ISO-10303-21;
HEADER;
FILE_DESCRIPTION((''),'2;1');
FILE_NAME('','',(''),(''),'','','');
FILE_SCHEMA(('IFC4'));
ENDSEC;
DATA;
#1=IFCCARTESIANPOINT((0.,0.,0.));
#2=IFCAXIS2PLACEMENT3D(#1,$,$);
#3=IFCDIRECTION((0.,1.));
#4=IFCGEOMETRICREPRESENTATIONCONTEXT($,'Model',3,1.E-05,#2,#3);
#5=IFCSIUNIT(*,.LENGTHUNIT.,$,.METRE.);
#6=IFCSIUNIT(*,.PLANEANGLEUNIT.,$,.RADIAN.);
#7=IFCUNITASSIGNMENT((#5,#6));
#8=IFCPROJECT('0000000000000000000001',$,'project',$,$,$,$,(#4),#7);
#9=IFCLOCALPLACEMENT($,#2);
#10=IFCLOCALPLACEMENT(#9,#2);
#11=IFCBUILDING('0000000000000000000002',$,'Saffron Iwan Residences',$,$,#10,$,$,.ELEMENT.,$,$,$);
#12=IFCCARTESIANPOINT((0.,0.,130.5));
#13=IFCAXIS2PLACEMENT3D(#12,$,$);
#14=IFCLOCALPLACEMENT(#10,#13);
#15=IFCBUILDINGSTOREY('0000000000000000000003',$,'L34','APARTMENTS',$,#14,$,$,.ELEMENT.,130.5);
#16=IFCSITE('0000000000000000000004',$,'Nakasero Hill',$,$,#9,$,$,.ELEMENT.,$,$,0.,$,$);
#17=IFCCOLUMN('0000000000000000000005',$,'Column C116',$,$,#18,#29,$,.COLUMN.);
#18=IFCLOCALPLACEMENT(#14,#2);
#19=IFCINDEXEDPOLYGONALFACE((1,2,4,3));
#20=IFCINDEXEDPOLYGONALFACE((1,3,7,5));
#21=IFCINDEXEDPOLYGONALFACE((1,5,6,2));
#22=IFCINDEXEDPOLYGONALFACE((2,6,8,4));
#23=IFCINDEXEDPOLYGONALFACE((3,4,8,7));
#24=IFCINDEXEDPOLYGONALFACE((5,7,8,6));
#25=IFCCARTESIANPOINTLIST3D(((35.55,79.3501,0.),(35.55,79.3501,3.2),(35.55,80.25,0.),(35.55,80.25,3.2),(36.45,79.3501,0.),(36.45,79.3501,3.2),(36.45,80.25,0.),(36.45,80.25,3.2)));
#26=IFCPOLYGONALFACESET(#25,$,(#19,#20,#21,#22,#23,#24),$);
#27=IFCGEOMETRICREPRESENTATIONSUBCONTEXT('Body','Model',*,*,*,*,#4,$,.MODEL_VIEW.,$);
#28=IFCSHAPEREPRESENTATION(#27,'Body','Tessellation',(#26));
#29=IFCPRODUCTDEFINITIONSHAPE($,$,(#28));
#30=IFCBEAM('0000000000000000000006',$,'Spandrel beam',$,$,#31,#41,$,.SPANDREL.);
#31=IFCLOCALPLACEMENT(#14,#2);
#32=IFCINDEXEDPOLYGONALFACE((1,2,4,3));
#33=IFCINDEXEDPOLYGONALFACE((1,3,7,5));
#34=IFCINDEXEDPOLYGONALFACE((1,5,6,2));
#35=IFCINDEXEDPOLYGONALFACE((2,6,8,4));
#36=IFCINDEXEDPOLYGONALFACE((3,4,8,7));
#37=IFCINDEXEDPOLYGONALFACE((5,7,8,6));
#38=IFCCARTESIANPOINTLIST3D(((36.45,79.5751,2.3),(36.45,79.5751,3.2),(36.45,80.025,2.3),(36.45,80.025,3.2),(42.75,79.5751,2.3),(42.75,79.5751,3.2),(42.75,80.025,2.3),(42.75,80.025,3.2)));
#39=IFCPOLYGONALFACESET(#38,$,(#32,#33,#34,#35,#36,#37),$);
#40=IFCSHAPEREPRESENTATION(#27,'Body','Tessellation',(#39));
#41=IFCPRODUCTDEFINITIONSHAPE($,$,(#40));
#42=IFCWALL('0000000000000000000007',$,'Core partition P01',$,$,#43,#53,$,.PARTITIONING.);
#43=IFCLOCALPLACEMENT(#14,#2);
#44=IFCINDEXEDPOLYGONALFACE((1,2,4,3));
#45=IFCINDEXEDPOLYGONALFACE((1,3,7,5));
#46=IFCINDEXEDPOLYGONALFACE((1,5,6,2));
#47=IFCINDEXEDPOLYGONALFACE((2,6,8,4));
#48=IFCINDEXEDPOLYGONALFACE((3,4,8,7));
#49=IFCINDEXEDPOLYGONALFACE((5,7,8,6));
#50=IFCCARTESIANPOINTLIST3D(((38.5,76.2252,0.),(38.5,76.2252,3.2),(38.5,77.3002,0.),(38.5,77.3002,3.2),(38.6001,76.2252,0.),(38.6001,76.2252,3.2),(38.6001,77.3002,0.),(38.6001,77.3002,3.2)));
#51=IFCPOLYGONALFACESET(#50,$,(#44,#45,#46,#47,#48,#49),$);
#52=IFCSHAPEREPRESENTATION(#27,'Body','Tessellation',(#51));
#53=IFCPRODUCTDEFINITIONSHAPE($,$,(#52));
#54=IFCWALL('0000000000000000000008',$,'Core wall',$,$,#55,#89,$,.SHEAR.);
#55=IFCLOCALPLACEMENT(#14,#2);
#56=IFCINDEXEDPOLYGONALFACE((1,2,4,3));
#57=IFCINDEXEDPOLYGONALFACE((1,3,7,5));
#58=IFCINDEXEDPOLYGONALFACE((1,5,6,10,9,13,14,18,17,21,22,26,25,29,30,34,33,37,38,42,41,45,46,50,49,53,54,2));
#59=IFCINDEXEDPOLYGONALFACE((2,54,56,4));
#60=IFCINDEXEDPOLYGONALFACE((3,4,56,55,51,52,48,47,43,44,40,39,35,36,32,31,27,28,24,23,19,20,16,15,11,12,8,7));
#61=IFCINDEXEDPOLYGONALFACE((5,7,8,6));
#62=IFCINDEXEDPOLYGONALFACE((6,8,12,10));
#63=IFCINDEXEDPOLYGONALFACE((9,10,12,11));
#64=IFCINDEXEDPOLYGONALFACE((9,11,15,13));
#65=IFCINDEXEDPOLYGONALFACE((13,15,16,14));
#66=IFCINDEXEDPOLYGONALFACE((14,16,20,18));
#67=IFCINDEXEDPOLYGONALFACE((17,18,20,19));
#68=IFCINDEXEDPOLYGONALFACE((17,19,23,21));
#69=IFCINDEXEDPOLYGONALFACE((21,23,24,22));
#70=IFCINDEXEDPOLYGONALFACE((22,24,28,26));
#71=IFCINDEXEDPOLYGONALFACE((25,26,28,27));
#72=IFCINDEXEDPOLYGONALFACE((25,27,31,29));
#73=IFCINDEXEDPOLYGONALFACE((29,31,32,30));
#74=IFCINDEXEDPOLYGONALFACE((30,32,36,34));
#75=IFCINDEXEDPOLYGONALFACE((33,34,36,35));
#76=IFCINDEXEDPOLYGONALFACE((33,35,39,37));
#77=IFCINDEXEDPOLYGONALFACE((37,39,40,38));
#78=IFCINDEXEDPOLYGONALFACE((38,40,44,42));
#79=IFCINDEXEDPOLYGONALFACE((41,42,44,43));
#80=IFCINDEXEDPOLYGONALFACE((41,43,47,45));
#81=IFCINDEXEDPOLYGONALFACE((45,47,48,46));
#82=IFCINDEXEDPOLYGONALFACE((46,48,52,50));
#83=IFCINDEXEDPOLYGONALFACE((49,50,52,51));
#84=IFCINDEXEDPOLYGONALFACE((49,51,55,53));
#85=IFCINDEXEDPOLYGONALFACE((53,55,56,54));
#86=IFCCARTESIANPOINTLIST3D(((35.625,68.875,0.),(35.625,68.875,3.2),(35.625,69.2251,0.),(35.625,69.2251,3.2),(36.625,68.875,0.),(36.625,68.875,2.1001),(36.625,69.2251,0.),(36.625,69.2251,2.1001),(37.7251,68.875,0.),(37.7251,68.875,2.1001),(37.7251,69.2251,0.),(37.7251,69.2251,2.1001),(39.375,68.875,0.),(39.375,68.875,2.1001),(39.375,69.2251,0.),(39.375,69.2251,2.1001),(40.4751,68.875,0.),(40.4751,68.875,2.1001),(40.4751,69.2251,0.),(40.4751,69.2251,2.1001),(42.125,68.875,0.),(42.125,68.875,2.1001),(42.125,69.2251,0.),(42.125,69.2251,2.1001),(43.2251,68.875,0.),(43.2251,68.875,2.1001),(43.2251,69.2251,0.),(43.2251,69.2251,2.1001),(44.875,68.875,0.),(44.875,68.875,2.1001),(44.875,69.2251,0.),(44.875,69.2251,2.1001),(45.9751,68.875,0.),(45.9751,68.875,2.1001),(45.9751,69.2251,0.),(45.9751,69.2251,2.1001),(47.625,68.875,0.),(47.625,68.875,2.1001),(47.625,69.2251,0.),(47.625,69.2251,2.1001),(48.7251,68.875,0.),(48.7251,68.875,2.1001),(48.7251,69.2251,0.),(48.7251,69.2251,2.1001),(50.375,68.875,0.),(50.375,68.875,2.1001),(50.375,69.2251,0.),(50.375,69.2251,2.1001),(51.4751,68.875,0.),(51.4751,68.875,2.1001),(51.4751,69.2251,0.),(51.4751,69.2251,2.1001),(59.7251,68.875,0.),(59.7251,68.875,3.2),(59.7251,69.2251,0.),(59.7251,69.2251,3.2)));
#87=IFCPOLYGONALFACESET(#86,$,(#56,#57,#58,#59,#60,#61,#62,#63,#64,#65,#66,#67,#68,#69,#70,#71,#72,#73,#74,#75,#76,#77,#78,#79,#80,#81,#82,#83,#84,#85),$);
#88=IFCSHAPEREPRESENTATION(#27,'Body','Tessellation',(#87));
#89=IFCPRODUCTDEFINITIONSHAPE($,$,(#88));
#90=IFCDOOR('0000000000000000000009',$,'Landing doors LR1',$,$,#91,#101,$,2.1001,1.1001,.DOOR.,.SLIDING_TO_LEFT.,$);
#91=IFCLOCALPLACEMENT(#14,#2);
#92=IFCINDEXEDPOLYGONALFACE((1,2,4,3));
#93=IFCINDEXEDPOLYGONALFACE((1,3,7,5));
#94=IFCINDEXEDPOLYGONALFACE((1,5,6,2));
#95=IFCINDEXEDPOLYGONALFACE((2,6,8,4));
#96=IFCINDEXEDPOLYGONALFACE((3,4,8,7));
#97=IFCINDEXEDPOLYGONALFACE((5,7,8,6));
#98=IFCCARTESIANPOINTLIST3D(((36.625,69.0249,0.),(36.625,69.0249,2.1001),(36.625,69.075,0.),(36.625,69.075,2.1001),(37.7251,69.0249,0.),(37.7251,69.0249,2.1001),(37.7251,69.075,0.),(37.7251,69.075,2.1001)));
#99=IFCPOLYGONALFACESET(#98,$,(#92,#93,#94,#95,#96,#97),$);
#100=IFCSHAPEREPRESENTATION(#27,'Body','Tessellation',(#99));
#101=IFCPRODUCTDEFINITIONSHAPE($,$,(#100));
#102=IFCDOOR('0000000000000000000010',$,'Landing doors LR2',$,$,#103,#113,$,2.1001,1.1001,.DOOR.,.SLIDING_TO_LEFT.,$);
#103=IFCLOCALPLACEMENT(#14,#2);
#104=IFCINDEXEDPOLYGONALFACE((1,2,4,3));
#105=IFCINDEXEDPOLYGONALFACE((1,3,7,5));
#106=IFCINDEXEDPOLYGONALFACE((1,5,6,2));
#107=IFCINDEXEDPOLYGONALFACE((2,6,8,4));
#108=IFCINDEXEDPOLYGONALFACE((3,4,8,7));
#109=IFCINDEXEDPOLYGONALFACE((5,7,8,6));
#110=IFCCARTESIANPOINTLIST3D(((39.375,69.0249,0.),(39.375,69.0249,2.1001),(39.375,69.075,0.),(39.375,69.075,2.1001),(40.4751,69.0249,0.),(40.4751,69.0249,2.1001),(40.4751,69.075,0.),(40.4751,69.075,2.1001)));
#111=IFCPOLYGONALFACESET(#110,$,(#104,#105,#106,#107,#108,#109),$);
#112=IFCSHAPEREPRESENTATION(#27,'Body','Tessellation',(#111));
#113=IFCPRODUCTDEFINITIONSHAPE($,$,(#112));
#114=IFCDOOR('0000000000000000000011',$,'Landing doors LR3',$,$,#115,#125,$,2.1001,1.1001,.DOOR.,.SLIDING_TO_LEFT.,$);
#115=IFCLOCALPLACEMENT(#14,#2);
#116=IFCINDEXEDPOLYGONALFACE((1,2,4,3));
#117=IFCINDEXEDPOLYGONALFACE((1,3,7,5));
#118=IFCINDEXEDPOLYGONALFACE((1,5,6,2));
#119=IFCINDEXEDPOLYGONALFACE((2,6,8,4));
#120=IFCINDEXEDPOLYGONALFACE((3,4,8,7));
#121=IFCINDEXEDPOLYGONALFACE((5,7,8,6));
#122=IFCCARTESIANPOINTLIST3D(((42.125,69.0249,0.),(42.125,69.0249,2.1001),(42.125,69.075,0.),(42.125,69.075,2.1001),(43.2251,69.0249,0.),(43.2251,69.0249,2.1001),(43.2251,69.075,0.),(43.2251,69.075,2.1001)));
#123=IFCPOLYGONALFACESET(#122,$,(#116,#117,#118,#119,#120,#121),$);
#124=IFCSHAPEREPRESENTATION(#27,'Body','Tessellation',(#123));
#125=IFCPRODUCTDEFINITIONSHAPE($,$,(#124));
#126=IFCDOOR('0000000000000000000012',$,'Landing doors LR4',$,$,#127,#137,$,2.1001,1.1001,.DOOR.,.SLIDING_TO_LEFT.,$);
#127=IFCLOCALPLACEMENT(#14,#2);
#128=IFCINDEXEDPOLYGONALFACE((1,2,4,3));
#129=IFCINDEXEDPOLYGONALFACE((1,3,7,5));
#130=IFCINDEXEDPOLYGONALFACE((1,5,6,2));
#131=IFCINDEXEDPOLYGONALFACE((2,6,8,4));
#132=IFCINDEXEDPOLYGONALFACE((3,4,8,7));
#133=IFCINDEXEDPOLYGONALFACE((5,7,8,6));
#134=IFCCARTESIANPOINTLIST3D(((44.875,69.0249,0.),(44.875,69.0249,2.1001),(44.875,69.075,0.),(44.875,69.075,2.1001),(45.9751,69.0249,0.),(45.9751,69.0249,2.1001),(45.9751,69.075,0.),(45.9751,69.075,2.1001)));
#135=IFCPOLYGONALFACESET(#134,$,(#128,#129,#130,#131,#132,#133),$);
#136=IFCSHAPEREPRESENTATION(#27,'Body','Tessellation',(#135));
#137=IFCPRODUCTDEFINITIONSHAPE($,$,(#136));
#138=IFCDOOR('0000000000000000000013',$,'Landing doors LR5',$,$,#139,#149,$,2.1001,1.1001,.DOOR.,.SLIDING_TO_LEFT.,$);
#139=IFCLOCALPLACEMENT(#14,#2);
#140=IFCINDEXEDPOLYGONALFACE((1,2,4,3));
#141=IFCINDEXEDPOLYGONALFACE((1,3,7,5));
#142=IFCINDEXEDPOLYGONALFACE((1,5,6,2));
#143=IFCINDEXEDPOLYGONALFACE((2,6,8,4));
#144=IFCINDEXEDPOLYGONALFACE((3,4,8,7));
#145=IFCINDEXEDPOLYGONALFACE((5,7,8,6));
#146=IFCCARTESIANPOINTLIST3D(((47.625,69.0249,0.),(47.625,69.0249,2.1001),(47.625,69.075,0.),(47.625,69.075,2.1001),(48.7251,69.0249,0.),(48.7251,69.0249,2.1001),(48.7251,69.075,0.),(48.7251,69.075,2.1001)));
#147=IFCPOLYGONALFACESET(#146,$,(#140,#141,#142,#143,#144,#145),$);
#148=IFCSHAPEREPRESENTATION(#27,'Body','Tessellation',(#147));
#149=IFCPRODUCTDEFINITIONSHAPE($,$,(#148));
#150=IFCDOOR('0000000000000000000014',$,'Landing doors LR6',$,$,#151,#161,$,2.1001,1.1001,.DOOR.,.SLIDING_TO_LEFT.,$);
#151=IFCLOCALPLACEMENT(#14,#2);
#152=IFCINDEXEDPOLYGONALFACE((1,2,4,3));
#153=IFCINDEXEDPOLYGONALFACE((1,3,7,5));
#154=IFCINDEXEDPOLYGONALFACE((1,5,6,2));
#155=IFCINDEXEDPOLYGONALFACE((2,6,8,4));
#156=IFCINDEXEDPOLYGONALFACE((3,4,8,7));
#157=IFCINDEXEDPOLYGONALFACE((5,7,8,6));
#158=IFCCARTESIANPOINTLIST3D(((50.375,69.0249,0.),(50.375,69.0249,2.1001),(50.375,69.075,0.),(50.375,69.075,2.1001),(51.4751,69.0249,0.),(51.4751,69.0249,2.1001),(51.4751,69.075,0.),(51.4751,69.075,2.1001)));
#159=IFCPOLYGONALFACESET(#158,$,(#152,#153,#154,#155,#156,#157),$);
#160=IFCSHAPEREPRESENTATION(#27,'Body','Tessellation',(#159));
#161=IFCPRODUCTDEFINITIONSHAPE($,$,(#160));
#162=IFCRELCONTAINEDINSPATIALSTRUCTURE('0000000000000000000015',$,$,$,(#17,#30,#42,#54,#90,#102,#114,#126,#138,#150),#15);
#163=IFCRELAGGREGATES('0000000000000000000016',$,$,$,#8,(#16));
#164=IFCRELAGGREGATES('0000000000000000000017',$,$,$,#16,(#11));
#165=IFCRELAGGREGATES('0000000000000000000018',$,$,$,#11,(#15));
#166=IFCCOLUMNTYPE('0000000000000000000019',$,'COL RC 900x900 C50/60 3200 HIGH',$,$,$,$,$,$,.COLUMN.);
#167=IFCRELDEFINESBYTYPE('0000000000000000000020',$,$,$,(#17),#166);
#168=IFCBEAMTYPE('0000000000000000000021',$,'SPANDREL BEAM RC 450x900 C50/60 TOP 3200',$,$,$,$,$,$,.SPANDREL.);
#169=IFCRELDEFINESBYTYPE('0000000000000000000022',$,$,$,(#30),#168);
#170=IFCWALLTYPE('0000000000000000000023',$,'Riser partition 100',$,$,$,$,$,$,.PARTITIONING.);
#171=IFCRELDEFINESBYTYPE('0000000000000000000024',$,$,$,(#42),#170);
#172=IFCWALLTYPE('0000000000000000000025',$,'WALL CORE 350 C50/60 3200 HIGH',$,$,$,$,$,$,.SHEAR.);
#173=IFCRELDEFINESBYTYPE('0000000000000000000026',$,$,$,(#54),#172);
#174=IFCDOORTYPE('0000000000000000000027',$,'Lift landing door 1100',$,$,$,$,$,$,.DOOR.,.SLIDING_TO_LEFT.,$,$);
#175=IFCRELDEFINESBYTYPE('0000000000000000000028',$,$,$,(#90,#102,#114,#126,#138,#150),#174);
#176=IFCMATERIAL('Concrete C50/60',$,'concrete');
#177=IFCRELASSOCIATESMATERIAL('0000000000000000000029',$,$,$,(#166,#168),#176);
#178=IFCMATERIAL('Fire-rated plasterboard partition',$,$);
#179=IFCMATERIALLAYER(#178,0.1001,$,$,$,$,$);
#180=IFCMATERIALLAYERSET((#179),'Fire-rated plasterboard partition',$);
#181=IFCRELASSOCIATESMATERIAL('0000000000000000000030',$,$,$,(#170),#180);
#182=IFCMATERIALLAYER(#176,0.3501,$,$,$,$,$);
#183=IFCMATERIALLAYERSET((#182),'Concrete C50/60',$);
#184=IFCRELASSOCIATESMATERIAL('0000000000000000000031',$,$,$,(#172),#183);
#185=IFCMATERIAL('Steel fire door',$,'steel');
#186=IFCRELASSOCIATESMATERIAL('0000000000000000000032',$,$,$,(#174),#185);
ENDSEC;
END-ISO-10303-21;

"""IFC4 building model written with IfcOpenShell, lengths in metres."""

from ifc_helpers import new_model, si_unit, direction, frame, frame_2d, origin, origin_2d, place, context, subcontext, project, spatial, rectangle, extrude, source, transform, mapped, material, layer, layer_set, material_profile, profile_set, type_object, element, fill, save


model = new_model("IFC4")

# Units and contexts
model_context = context("Model", 3, precision=1e-05, world=origin(), true_north=direction((0.0, 1.0)))
body_context = subcontext(model_context, "Body", "Model", "MODEL_VIEW")
ifc_project = project(units=[si_unit("LENGTHUNIT", "METRE"), si_unit("PLANEANGLEUNIT", "RADIAN")], contexts=[model_context])

# Site, building, storey
site_placement = place(None, origin())
site = spatial("IfcSite", under=ifc_project, at=site_placement, Name="Nakasero Hill", CompositionType="ELEMENT", RefElevation=0.0)
building_placement = place(site_placement, origin())
building = spatial("IfcBuilding", under=site, at=building_placement, Name="Saffron Iwan Residences", CompositionType="ELEMENT")
storey_placement = place(building_placement, frame((0.0, 0.0, 130.5)))
storey = spatial("IfcBuildingStorey", under=building, at=storey_placement, Name="L34", Description="APARTMENTS", CompositionType="ELEMENT", Elevation=130.5)

# Column
ifc_material_1 = material(Name="Concrete C50/60", Category="concrete")
ifc_material_profile_1 = material_profile(ifc_material_1, rectangle(XDim=0.8999, YDim=0.8999, at=origin_2d()), Name="RC 900x900")
ifc_profile_set_1 = profile_set([ifc_material_profile_1], Name="Concrete C50/60")
column_type = type_object("IfcColumnType", Name="COL RC 900x900 C50/60 3200 HIGH", PredefinedType="COLUMN", material=ifc_profile_set_1)
shared_shape_1 = source(origin(), body_context, "Body", "SweptSolid", [
    extrude(rectangle(XDim=0.8999, YDim=0.8999, at=origin_2d()), origin(), (0.0, 0.0, 1.0), 3.2),
])
column_placement = place(storey_placement, frame((36.0, 79.8, 0.0), z_axis=(0.0, 0.0, 1.0), x_axis=(1.0, 0.0, 0.0)))
element("IfcColumn", 1, at=column_placement, inside=storey, type_object=column_type, Name="Column C116", PredefinedType="COLUMN", context=body_context, shape_type="MappedRepresentation", body=[
    mapped(shared_shape_1, transform((0.0, 0.0, 0.0))),
])

# Beam
ifc_material_profile_2 = material_profile(ifc_material_1, rectangle(XDim=0.45, YDim=0.8999, at=origin_2d()), Name="RC 450x900")
ifc_profile_set_2 = profile_set([ifc_material_profile_2], Name="Concrete C50/60")
beam_type = type_object("IfcBeamType", Name="SPANDREL BEAM RC 450x900 C50/60 TOP 3200", PredefinedType="SPANDREL", material=ifc_profile_set_2)
shared_shape_2 = source(origin(), body_context, "Body", "SweptSolid", [
    extrude(rectangle(XDim=0.45, YDim=0.8999, at=origin_2d()), origin(), (0.0, 0.0, 1.0), 6.3),
])
beam_placement = place(storey_placement, frame((36.45, 79.8, 2.75), z_axis=(1.0, 0.0, 0.0), x_axis=(0.0, 1.0, 0.0)))
element("IfcBeam", 2, at=beam_placement, inside=storey, type_object=beam_type, Name="Spandrel beam", PredefinedType="SPANDREL", context=body_context, shape_type="MappedRepresentation", body=[
    mapped(shared_shape_2, transform((0.0, 0.0, 0.0))),
])

# Wall
ifc_material_2 = material(Name="Fire-rated plasterboard partition")
ifc_layer_1 = layer(ifc_material_2, 0.1001)
ifc_layer_set_1 = layer_set([ifc_layer_1], Name="Fire-rated plasterboard partition")
wall_type_1 = type_object("IfcWallType", Name="Riser partition 100", PredefinedType="PARTITIONING", material=ifc_layer_set_1)
wall_1_placement = place(storey_placement, frame((38.55, 76.2251, 0.0), z_axis=(0.0, 0.0, 1.0), x_axis=(0.0, 1.0, 0.0)))
element("IfcWall", 3, at=wall_1_placement, inside=storey, type_object=wall_type_1, Name="Core partition P01", PredefinedType="PARTITIONING", context=body_context, shape_type="SweptSolid", body=[
    extrude(rectangle(XDim=1.075, YDim=0.1001, at=frame_2d((0.5376, 0.0))), origin(), (0.0, 0.0, 1.0), 3.2),
])

# Wall, openings, doors
ifc_layer_2 = layer(ifc_material_1, 0.3501)
ifc_layer_set_2 = layer_set([ifc_layer_2], Name="Concrete C50/60")
wall_type_2 = type_object("IfcWallType", Name="WALL CORE 350 C50/60 3200 HIGH", PredefinedType="SHEAR", material=ifc_layer_set_2)
wall_2_placement = place(storey_placement, frame((35.625, 69.05, 0.0), z_axis=(0.0, 0.0, 1.0), x_axis=(1.0, 0.0, 0.0)))
wall_2 = element("IfcWall", 4, at=wall_2_placement, inside=storey, type_object=wall_type_2, Name="Core wall", PredefinedType="SHEAR", context=body_context, shape_type="SweptSolid", body=[
    extrude(rectangle(XDim=24.1001, YDim=0.3501, at=frame_2d((12.05, 0.0))), origin(), (0.0, 0.0, 1.0), 3.2),
])
opening_1_placement = place(wall_2_placement, frame((1.0, 0.0, 0.0)))
opening_1 = element("IfcOpeningElement", 5, at=opening_1_placement, cuts=wall_2, PredefinedType="OPENING", context=body_context, shape_type="SweptSolid", body=[
    extrude(rectangle(XDim=1.1001, YDim=2.1001, at=frame_2d((0.55, 1.05))), frame((0.0, 0.1851, 0.0), z_axis=(0.0, -1.0, 0.0), x_axis=(1.0, 0.0, 0.0)), (0.0, 0.0, 1.0), 0.3701),
])
opening_2_placement = place(wall_2_placement, frame((3.75, 0.0, 0.0)))
opening_2 = element("IfcOpeningElement", 6, at=opening_2_placement, cuts=wall_2, PredefinedType="OPENING", context=body_context, shape_type="SweptSolid", body=[
    extrude(rectangle(XDim=1.1001, YDim=2.1001, at=frame_2d((0.55, 1.05))), frame((0.0, 0.1851, 0.0), z_axis=(0.0, -1.0, 0.0), x_axis=(1.0, 0.0, 0.0)), (0.0, 0.0, 1.0), 0.3701),
])
opening_3_placement = place(wall_2_placement, frame((6.5, 0.0, 0.0)))
opening_3 = element("IfcOpeningElement", 7, at=opening_3_placement, cuts=wall_2, PredefinedType="OPENING", context=body_context, shape_type="SweptSolid", body=[
    extrude(rectangle(XDim=1.1001, YDim=2.1001, at=frame_2d((0.55, 1.05))), frame((0.0, 0.1851, 0.0), z_axis=(0.0, -1.0, 0.0), x_axis=(1.0, 0.0, 0.0)), (0.0, 0.0, 1.0), 0.3701),
])
opening_4_placement = place(wall_2_placement, frame((9.25, 0.0, 0.0)))
opening_4 = element("IfcOpeningElement", 8, at=opening_4_placement, cuts=wall_2, PredefinedType="OPENING", context=body_context, shape_type="SweptSolid", body=[
    extrude(rectangle(XDim=1.1001, YDim=2.1001, at=frame_2d((0.55, 1.05))), frame((0.0, 0.1851, 0.0), z_axis=(0.0, -1.0, 0.0), x_axis=(1.0, 0.0, 0.0)), (0.0, 0.0, 1.0), 0.3701),
])
opening_5_placement = place(wall_2_placement, frame((12.0, 0.0, 0.0)))
opening_5 = element("IfcOpeningElement", 9, at=opening_5_placement, cuts=wall_2, PredefinedType="OPENING", context=body_context, shape_type="SweptSolid", body=[
    extrude(rectangle(XDim=1.1001, YDim=2.1001, at=frame_2d((0.55, 1.05))), frame((0.0, 0.1851, 0.0), z_axis=(0.0, -1.0, 0.0), x_axis=(1.0, 0.0, 0.0)), (0.0, 0.0, 1.0), 0.3701),
])
opening_6_placement = place(wall_2_placement, frame((14.75, 0.0, 0.0)))
opening_6 = element("IfcOpeningElement", 10, at=opening_6_placement, cuts=wall_2, PredefinedType="OPENING", context=body_context, shape_type="SweptSolid", body=[
    extrude(rectangle(XDim=1.1001, YDim=2.1001, at=frame_2d((0.55, 1.05))), frame((0.0, 0.1851, 0.0), z_axis=(0.0, -1.0, 0.0), x_axis=(1.0, 0.0, 0.0)), (0.0, 0.0, 1.0), 0.3701),
])
ifc_material_3 = material(Name="Steel fire door", Category="steel")
door_type = type_object("IfcDoorType", Name="Lift landing door 1100", OperationType="SLIDING_TO_LEFT", PredefinedType="DOOR", material=ifc_material_3)
door_1_placement = place(opening_1_placement, origin())
door_1 = element("IfcDoor", 11, at=door_1_placement, inside=storey, type_object=door_type, Name="Landing doors LR1", OperationType="SLIDING_TO_LEFT", OverallHeight=2.1001, OverallWidth=1.1001, PredefinedType="DOOR", context=body_context, shape_type="SweptSolid", body=[
    extrude(rectangle(XDim=1.1001, YDim=2.1001, at=frame_2d((0.55, 1.05))), frame((0.0, 0.0249, 0.0), z_axis=(0.0, -1.0, 0.0), x_axis=(1.0, 0.0, 0.0)), (0.0, 0.0, 1.0), 0.05),
])
fill(opening_1, door_1)
door_2_placement = place(opening_2_placement, origin())
door_2 = element("IfcDoor", 12, at=door_2_placement, inside=storey, type_object=door_type, Name="Landing doors LR2", OperationType="SLIDING_TO_LEFT", OverallHeight=2.1001, OverallWidth=1.1001, PredefinedType="DOOR", context=body_context, shape_type="SweptSolid", body=[
    extrude(rectangle(XDim=1.1001, YDim=2.1001, at=frame_2d((0.55, 1.05))), frame((0.0, 0.0249, 0.0), z_axis=(0.0, -1.0, 0.0), x_axis=(1.0, 0.0, 0.0)), (0.0, 0.0, 1.0), 0.05),
])
fill(opening_2, door_2)
door_3_placement = place(opening_3_placement, origin())
door_3 = element("IfcDoor", 13, at=door_3_placement, inside=storey, type_object=door_type, Name="Landing doors LR3", OperationType="SLIDING_TO_LEFT", OverallHeight=2.1001, OverallWidth=1.1001, PredefinedType="DOOR", context=body_context, shape_type="SweptSolid", body=[
    extrude(rectangle(XDim=1.1001, YDim=2.1001, at=frame_2d((0.55, 1.05))), frame((0.0, 0.0249, 0.0), z_axis=(0.0, -1.0, 0.0), x_axis=(1.0, 0.0, 0.0)), (0.0, 0.0, 1.0), 0.05),
])
fill(opening_3, door_3)
door_4_placement = place(opening_4_placement, origin())
door_4 = element("IfcDoor", 14, at=door_4_placement, inside=storey, type_object=door_type, Name="Landing doors LR4", OperationType="SLIDING_TO_LEFT", OverallHeight=2.1001, OverallWidth=1.1001, PredefinedType="DOOR", context=body_context, shape_type="SweptSolid", body=[
    extrude(rectangle(XDim=1.1001, YDim=2.1001, at=frame_2d((0.55, 1.05))), frame((0.0, 0.0249, 0.0), z_axis=(0.0, -1.0, 0.0), x_axis=(1.0, 0.0, 0.0)), (0.0, 0.0, 1.0), 0.05),
])
fill(opening_4, door_4)
door_5_placement = place(opening_5_placement, origin())
door_5 = element("IfcDoor", 15, at=door_5_placement, inside=storey, type_object=door_type, Name="Landing doors LR5", OperationType="SLIDING_TO_LEFT", OverallHeight=2.1001, OverallWidth=1.1001, PredefinedType="DOOR", context=body_context, shape_type="SweptSolid", body=[
    extrude(rectangle(XDim=1.1001, YDim=2.1001, at=frame_2d((0.55, 1.05))), frame((0.0, 0.0249, 0.0), z_axis=(0.0, -1.0, 0.0), x_axis=(1.0, 0.0, 0.0)), (0.0, 0.0, 1.0), 0.05),
])
fill(opening_5, door_5)
door_6_placement = place(opening_6_placement, origin())
door_6 = element("IfcDoor", 16, at=door_6_placement, inside=storey, type_object=door_type, Name="Landing doors LR6", OperationType="SLIDING_TO_LEFT", OverallHeight=2.1001, OverallWidth=1.1001, PredefinedType="DOOR", context=body_context, shape_type="SweptSolid", body=[
    extrude(rectangle(XDim=1.1001, YDim=2.1001, at=frame_2d((0.55, 1.05))), frame((0.0, 0.0249, 0.0), z_axis=(0.0, -1.0, 0.0), x_axis=(1.0, 0.0, 0.0)), (0.0, 0.0, 1.0), 0.05),
])
fill(opening_6, door_6)

save(model, "model.ifc")
